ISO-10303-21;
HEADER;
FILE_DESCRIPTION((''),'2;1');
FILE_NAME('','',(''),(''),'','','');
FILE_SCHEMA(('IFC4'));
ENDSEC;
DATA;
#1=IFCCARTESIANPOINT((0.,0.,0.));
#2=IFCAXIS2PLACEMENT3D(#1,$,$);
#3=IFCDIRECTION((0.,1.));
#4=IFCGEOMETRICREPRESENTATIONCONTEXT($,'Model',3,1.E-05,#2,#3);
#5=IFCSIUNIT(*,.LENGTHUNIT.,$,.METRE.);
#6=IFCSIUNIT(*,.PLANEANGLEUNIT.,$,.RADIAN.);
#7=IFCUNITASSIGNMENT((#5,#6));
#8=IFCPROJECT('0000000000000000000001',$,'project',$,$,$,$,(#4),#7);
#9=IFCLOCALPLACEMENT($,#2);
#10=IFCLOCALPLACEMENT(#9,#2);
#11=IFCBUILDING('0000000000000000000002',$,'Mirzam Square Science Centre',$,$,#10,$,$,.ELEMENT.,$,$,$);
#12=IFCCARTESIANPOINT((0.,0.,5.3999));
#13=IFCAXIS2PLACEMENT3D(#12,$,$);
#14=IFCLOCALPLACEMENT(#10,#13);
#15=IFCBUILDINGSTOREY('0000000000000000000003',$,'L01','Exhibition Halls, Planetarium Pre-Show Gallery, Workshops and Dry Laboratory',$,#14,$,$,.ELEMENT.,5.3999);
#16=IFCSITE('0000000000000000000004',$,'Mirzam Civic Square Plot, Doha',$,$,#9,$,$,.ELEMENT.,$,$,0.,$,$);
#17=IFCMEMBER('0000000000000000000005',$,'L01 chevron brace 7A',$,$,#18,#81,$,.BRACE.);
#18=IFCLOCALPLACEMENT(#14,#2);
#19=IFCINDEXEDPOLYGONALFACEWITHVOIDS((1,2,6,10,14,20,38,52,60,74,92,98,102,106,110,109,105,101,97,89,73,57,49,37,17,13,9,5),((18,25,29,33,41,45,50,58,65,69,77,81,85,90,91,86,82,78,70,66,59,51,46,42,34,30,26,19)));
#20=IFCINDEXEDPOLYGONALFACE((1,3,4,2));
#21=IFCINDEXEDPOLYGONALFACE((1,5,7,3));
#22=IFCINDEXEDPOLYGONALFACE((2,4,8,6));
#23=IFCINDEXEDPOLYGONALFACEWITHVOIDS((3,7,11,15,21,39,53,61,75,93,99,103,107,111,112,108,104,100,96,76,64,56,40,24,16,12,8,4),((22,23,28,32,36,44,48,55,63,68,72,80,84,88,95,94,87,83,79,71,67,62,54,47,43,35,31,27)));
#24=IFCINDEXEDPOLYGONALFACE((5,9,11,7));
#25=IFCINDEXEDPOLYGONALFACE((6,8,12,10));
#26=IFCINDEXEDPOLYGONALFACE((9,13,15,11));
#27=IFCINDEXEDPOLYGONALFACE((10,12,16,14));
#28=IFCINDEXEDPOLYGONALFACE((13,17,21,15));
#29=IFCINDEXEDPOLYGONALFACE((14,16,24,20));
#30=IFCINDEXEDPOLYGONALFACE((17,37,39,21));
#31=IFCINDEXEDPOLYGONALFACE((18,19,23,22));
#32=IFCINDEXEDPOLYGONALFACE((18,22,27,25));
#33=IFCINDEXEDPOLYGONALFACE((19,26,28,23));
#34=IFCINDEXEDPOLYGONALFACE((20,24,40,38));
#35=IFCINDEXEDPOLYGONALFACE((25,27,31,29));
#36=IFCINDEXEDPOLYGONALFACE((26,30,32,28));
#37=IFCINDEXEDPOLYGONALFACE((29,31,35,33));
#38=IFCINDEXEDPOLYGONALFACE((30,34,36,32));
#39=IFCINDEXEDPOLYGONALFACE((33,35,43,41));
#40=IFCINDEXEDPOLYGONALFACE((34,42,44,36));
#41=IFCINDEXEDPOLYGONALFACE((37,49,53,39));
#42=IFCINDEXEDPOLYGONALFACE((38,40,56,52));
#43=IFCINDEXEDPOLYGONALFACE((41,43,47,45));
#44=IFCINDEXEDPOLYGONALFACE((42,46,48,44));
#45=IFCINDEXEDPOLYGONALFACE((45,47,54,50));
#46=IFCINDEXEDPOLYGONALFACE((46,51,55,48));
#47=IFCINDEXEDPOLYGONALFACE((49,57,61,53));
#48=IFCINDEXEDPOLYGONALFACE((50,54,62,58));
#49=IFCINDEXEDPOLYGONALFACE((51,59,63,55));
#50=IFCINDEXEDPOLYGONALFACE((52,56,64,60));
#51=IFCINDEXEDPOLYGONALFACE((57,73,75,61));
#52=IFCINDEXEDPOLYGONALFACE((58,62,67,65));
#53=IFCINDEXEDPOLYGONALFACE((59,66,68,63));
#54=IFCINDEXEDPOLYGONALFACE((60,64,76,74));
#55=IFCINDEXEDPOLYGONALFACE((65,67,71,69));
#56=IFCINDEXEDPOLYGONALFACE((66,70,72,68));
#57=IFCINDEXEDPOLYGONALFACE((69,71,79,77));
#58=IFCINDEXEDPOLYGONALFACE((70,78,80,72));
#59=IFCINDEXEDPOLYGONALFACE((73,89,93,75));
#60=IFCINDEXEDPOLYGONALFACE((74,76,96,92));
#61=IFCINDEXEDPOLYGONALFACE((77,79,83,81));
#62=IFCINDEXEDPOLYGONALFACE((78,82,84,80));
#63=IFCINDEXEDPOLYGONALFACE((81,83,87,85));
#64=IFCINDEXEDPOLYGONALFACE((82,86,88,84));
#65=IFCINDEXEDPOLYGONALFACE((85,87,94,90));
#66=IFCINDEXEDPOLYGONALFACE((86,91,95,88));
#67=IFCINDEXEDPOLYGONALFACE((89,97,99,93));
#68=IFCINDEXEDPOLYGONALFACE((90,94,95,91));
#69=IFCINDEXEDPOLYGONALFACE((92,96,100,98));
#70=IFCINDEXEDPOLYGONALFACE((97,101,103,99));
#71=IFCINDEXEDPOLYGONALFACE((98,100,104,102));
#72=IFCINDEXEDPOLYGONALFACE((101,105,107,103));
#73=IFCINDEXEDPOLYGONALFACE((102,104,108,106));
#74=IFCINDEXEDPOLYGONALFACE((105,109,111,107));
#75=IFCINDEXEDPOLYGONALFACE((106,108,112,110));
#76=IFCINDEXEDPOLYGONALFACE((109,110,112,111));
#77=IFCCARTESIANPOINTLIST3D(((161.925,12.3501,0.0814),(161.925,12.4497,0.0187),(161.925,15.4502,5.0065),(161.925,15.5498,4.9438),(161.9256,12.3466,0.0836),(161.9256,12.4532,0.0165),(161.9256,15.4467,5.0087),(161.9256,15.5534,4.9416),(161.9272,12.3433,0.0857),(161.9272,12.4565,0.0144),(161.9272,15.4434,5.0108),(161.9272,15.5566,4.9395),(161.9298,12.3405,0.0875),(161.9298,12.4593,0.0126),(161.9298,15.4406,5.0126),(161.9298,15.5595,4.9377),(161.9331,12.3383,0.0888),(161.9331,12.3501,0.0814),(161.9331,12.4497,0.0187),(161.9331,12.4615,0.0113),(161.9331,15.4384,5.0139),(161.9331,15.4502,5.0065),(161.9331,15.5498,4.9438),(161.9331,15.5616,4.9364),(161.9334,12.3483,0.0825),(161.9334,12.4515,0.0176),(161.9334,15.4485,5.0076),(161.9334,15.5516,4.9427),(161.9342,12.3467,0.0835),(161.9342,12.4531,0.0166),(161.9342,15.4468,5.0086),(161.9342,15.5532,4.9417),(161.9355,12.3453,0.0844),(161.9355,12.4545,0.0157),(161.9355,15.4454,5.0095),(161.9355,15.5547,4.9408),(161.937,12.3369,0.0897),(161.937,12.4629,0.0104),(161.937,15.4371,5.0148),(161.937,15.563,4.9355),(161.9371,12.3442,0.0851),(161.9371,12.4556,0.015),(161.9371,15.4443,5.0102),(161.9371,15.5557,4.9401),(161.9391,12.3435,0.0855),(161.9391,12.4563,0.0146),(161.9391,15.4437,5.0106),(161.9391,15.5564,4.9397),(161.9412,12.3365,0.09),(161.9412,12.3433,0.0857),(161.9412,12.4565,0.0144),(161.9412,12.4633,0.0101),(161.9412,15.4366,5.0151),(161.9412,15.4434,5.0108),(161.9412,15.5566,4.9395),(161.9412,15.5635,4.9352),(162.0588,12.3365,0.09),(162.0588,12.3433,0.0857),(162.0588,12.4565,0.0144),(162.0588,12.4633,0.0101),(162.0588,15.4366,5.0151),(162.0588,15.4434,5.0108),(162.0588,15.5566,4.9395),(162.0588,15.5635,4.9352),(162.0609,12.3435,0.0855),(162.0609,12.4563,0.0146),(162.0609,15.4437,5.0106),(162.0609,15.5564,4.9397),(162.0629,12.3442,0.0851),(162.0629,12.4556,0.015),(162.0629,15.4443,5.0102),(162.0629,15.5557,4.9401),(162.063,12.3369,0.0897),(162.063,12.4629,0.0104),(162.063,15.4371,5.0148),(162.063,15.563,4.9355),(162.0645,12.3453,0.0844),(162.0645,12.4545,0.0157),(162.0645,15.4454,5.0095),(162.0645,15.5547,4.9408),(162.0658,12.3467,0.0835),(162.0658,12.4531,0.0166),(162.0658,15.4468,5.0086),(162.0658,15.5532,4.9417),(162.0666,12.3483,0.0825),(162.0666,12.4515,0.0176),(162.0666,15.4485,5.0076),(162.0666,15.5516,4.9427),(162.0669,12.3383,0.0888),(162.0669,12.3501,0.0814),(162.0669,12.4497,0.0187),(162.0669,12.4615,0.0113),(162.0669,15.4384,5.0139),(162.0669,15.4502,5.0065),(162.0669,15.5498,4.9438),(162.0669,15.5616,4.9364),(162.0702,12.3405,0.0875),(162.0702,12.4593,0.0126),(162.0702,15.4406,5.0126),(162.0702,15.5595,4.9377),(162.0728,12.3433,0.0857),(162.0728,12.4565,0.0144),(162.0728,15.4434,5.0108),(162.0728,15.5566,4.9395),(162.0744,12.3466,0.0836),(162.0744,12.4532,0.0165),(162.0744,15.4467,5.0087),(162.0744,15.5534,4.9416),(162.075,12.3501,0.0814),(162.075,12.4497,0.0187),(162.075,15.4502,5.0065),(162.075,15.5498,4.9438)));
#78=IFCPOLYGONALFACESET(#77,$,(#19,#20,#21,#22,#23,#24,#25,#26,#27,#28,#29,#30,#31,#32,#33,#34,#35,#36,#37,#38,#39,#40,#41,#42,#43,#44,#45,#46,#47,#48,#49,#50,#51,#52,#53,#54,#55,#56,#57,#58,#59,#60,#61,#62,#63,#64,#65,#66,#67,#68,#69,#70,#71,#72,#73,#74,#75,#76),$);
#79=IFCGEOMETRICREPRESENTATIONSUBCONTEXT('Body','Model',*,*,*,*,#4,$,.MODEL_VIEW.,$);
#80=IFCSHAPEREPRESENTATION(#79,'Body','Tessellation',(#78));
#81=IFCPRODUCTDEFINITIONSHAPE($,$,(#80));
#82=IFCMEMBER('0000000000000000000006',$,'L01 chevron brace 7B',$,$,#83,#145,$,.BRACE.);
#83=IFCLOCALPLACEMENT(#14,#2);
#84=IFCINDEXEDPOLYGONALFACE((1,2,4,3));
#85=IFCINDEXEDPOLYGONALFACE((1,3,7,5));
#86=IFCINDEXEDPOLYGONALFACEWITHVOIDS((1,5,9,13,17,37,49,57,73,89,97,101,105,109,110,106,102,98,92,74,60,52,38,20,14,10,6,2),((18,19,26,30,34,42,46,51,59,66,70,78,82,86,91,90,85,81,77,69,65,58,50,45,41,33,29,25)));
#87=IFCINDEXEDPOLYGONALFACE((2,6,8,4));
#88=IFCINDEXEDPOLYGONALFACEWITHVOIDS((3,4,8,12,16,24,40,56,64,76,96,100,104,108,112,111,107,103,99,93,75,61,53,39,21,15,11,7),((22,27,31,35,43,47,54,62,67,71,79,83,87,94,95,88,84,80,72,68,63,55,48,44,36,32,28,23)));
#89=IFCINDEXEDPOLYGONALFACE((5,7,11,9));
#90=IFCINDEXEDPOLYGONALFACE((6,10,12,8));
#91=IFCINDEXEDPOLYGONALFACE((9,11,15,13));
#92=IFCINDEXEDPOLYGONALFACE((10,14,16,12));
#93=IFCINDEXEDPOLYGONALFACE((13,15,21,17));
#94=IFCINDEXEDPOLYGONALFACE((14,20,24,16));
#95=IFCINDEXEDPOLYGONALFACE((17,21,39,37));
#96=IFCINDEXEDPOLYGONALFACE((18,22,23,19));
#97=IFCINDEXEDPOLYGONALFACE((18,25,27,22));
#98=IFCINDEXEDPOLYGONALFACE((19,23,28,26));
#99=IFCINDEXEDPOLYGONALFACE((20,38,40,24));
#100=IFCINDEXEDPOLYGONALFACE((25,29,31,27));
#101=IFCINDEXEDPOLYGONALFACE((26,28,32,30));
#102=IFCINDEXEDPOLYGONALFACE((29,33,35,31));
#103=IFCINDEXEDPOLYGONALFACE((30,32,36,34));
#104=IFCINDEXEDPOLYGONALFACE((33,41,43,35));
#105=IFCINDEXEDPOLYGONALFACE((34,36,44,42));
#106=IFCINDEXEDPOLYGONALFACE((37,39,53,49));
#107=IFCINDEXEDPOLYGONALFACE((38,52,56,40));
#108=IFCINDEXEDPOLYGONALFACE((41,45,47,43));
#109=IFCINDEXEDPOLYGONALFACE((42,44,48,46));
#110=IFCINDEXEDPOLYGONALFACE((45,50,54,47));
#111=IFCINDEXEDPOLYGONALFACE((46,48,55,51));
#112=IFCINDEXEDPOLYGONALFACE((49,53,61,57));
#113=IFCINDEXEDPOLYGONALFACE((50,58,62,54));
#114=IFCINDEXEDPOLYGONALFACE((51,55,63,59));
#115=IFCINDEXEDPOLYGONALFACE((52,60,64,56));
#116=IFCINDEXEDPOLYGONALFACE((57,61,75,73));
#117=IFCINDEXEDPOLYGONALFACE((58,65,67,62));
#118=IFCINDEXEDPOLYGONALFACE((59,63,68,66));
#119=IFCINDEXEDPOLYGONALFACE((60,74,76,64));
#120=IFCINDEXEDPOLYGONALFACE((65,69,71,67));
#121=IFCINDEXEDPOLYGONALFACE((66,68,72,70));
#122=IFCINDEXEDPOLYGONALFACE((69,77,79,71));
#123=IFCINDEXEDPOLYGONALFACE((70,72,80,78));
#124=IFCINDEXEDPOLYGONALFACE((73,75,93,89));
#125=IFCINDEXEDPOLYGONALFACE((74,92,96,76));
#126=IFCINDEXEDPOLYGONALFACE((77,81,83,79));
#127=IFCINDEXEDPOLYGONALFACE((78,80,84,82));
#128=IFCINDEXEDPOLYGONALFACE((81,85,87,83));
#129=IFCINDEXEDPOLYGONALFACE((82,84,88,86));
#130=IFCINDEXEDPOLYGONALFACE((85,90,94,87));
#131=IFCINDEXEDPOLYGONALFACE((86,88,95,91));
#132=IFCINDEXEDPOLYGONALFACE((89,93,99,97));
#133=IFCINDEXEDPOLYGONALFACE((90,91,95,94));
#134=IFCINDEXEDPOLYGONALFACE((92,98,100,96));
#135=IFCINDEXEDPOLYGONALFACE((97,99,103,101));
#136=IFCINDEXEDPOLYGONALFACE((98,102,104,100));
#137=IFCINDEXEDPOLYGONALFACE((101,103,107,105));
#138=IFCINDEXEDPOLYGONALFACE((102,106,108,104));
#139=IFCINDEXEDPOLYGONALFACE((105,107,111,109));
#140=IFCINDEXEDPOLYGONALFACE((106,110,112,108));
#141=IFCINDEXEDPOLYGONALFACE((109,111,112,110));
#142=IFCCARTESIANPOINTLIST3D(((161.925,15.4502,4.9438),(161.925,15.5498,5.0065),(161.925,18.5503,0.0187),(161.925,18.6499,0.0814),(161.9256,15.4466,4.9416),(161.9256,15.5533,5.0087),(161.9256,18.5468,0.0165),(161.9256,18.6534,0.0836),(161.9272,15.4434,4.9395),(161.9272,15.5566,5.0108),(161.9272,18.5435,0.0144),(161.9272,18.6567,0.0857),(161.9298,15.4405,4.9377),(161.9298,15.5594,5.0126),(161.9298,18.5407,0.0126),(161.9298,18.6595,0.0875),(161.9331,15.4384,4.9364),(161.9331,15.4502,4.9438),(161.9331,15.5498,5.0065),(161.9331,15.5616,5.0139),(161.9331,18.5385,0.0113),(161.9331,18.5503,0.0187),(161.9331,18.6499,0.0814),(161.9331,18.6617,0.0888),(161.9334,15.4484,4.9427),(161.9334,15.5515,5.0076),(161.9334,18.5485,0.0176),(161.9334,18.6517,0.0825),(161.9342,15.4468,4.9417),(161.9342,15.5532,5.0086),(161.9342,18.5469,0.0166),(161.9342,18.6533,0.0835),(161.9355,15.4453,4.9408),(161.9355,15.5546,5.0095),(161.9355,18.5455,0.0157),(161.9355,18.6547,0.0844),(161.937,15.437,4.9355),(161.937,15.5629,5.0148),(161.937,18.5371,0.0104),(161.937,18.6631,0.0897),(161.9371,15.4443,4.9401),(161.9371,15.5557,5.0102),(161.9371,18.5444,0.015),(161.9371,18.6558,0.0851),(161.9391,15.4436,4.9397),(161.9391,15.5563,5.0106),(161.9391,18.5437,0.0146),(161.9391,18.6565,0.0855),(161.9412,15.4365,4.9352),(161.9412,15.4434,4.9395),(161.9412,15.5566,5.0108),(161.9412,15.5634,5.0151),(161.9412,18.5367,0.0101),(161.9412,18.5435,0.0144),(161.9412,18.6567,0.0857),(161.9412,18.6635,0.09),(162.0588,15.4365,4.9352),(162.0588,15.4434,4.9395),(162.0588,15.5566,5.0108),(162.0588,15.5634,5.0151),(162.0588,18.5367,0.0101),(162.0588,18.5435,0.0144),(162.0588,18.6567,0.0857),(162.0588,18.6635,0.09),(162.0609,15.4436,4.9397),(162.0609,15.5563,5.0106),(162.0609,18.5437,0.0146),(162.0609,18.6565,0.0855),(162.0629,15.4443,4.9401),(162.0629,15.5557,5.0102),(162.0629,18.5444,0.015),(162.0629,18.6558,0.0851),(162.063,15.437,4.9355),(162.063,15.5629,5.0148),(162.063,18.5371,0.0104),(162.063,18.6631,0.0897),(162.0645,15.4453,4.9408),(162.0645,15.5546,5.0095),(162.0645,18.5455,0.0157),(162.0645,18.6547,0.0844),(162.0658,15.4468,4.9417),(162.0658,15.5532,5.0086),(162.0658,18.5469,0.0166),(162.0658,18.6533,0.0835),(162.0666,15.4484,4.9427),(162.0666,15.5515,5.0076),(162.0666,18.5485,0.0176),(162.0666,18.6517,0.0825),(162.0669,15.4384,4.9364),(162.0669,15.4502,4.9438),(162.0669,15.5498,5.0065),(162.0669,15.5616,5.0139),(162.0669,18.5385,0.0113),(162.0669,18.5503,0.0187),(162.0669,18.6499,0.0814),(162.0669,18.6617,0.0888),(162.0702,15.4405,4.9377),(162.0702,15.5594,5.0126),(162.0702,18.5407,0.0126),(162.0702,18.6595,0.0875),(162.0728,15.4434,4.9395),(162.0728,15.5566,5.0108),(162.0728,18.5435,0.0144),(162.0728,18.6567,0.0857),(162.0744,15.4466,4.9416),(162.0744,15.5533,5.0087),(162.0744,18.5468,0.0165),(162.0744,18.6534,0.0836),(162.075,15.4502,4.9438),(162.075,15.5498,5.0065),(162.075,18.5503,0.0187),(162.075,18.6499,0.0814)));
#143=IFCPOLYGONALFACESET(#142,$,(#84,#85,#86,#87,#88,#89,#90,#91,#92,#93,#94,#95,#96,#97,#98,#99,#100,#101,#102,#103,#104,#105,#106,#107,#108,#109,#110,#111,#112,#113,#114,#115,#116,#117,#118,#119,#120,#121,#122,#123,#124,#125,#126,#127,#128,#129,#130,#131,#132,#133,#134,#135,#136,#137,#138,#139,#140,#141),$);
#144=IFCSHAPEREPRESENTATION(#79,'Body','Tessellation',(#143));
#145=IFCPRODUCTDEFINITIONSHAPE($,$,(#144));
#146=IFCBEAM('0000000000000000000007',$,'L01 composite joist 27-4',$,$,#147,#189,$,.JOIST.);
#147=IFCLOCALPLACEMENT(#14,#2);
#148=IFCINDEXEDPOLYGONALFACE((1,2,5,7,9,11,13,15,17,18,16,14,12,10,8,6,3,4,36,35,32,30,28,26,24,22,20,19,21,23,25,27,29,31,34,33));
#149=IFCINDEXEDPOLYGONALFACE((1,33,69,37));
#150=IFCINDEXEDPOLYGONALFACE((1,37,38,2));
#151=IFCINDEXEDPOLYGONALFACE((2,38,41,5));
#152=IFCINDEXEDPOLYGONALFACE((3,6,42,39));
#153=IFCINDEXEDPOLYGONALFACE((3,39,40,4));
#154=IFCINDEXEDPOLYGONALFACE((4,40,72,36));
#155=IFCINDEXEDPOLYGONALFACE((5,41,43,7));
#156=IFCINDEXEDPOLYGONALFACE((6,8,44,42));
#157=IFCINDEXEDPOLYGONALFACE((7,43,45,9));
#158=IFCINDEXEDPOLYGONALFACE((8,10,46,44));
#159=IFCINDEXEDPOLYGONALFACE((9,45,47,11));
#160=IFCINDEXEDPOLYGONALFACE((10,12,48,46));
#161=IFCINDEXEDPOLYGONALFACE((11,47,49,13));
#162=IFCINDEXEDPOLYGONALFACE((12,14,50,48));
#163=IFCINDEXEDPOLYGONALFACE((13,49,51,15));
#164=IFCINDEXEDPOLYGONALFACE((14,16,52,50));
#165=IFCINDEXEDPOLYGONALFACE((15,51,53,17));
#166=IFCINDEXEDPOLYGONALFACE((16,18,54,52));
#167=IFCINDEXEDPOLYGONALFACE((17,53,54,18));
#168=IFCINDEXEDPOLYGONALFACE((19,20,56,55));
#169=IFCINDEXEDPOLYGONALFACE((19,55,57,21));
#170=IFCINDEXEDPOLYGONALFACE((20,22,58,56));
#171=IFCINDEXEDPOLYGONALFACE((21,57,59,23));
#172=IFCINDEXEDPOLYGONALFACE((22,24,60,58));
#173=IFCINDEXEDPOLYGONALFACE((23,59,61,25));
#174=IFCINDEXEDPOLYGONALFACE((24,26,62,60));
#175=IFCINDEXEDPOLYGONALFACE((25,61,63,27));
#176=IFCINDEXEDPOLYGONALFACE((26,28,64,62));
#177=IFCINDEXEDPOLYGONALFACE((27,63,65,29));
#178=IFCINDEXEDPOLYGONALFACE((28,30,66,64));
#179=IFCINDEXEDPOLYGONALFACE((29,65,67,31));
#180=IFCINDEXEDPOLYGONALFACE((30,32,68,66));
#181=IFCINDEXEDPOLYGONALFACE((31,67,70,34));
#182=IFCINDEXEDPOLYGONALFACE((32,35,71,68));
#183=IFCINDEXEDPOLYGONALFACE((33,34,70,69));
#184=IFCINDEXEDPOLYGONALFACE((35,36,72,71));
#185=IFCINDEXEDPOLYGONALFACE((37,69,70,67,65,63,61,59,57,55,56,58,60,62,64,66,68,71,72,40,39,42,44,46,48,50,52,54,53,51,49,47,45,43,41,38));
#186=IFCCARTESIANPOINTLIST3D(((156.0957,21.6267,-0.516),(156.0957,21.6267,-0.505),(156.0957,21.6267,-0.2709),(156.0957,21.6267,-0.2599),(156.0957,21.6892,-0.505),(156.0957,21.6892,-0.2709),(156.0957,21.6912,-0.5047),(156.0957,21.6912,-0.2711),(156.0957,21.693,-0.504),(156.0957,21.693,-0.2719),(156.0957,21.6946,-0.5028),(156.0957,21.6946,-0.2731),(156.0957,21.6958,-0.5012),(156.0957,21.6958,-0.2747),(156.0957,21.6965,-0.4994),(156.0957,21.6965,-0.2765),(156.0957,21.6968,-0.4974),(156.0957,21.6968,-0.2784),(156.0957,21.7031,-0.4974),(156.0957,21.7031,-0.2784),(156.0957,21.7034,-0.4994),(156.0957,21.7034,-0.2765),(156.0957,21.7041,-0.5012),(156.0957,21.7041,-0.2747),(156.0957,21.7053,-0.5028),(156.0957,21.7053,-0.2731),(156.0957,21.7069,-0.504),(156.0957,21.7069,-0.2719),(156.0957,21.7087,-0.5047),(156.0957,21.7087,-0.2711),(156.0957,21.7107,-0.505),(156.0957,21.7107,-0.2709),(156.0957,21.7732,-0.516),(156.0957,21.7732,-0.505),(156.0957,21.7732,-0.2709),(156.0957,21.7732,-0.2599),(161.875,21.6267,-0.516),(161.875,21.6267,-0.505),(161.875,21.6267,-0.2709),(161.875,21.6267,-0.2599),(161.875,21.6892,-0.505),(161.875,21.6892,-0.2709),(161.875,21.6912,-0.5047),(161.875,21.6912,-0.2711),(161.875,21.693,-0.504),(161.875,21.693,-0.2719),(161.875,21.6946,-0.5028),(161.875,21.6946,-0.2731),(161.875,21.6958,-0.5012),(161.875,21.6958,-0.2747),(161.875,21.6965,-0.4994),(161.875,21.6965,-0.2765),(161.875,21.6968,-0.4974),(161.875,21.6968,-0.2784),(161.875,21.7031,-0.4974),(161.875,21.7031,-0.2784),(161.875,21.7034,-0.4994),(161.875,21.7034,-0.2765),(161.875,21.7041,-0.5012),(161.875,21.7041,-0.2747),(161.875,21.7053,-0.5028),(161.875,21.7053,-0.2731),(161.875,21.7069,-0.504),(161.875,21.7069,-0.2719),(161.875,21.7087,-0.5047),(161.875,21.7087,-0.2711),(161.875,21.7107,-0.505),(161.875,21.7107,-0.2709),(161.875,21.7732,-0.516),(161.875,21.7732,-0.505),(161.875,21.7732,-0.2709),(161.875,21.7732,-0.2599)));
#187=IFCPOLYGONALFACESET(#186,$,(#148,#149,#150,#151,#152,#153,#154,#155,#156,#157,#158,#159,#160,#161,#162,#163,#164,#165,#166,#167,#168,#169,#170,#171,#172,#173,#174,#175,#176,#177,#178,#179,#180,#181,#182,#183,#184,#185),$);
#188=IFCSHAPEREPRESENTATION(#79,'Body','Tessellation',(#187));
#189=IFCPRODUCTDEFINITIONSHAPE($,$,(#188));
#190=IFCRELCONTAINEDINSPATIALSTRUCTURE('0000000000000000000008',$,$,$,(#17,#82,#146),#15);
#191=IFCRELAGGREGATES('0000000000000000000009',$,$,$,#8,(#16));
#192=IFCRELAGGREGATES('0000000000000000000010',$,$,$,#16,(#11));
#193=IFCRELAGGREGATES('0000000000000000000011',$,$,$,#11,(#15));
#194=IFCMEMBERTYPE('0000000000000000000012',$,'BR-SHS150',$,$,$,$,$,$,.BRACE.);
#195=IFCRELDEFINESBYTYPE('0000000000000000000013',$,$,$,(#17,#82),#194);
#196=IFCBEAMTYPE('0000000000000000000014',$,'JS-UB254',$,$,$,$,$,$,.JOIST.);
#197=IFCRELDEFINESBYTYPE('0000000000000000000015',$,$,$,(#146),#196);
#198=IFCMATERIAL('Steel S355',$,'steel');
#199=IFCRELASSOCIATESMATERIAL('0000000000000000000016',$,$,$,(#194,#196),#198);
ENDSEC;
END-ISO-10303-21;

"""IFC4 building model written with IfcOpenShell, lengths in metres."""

from ifc_helpers import new_model, si_unit, direction, frame, origin, origin_2d, place, context, subcontext, project, spatial, hollow_rectangle, i_section, extrude, material, material_profile, profile_set, type_object, element, save


model = new_model("IFC4")

# Units and contexts
model_context = context("Model", 3, precision=1e-05, world=origin(), true_north=direction((0.0, 1.0)))
body_context = subcontext(model_context, "Body", "Model", "MODEL_VIEW")
ifc_project = project(units=[si_unit("LENGTHUNIT", "METRE"), si_unit("PLANEANGLEUNIT", "RADIAN")], contexts=[model_context])

# Site, building, storey
site_placement = place(None, origin())
site = spatial("IfcSite", under=ifc_project, at=site_placement, Name="Mirzam Civic Square Plot, Doha", CompositionType="ELEMENT", RefElevation=0.0)
building_placement = place(site_placement, origin())
building = spatial("IfcBuilding", under=site, at=building_placement, Name="Mirzam Square Science Centre", CompositionType="ELEMENT")
storey_placement = place(building_placement, frame((0.0, 0.0, 5.3999)))
storey = spatial("IfcBuildingStorey", under=building, at=storey_placement, Name="L01", Description="Exhibition Halls, Planetarium Pre-Show Gallery, Workshops and Dry Laboratory", CompositionType="ELEMENT", Elevation=5.3999)

# Shared definitions
ifc_material_1 = material(Name="Steel S355", Category="steel")

# Members
ifc_material_profile_1 = material_profile(ifc_material_1, hollow_rectangle(XDim=0.1499, YDim=0.1499, WallThickness=0.0081, InnerFilletRadius=0.0081, OuterFilletRadius=0.0161, at=origin_2d()), Name="150x150x8.0SHS")
ifc_profile_set_1 = profile_set([ifc_material_profile_1], Name="Steel S355")
member_type = type_object("IfcMemberType", Name="BR-SHS150", PredefinedType="BRACE", material=ifc_profile_set_1)
for number, where, z_axis, x_axis, name in (
    (1, (162.0, 12.3999, 0.05), (0.0, 0.532708, 0.846299), (-1.0, 0.0, 0.0), "L01 chevron brace 7A"),
    (2, (162.0, 18.6001, 0.05), (0.0, -0.532708, 0.846299), (1.0, 0.0, 0.0), "L01 chevron brace 7B"),
):
    element("IfcMember", number, at=place(storey_placement, frame(where, z_axis=z_axis, x_axis=x_axis)), inside=storey, type_object=member_type, Name=name, PredefinedType="BRACE", context=body_context, shape_type="SweptSolid", body=[
        extrude(hollow_rectangle(XDim=0.1499, YDim=0.1499, WallThickness=0.0081, InnerFilletRadius=0.0081, OuterFilletRadius=0.0161, at=origin_2d()), origin(), (0.0, 0.0, 1.0), 5.8196),
    ])

# Beam
ifc_material_profile_2 = material_profile(ifc_material_1, i_section(OverallWidth=0.1465, OverallDepth=0.2561, WebThickness=0.0063, FlangeThickness=0.011, FilletRadius=0.0076, at=origin_2d()), Name="254x146x37UB")
ifc_profile_set_2 = profile_set([ifc_material_profile_2], Name="Steel S355")
beam_type_1 = type_object("IfcBeamType", Name="JS-UB254", PredefinedType="JOIST", material=ifc_profile_set_2)
beam_1_placement = place(storey_placement, frame((156.0957, 21.7, -0.3879), z_axis=(1.0, 0.0, 0.0), x_axis=(0.0, 1.0, 0.0)))
element("IfcBeam", 3, at=beam_1_placement, inside=storey, type_object=beam_type_1, Name="L01 composite joist 27-4", PredefinedType="JOIST", context=body_context, shape_type="SweptSolid", body=[
    extrude(i_section(OverallWidth=0.1465, OverallDepth=0.2561, WebThickness=0.0063, FlangeThickness=0.011, FilletRadius=0.0076, at=origin_2d()), origin(), (0.0, 0.0, 1.0), 5.7793),
])

save(model, "model.ifc")
